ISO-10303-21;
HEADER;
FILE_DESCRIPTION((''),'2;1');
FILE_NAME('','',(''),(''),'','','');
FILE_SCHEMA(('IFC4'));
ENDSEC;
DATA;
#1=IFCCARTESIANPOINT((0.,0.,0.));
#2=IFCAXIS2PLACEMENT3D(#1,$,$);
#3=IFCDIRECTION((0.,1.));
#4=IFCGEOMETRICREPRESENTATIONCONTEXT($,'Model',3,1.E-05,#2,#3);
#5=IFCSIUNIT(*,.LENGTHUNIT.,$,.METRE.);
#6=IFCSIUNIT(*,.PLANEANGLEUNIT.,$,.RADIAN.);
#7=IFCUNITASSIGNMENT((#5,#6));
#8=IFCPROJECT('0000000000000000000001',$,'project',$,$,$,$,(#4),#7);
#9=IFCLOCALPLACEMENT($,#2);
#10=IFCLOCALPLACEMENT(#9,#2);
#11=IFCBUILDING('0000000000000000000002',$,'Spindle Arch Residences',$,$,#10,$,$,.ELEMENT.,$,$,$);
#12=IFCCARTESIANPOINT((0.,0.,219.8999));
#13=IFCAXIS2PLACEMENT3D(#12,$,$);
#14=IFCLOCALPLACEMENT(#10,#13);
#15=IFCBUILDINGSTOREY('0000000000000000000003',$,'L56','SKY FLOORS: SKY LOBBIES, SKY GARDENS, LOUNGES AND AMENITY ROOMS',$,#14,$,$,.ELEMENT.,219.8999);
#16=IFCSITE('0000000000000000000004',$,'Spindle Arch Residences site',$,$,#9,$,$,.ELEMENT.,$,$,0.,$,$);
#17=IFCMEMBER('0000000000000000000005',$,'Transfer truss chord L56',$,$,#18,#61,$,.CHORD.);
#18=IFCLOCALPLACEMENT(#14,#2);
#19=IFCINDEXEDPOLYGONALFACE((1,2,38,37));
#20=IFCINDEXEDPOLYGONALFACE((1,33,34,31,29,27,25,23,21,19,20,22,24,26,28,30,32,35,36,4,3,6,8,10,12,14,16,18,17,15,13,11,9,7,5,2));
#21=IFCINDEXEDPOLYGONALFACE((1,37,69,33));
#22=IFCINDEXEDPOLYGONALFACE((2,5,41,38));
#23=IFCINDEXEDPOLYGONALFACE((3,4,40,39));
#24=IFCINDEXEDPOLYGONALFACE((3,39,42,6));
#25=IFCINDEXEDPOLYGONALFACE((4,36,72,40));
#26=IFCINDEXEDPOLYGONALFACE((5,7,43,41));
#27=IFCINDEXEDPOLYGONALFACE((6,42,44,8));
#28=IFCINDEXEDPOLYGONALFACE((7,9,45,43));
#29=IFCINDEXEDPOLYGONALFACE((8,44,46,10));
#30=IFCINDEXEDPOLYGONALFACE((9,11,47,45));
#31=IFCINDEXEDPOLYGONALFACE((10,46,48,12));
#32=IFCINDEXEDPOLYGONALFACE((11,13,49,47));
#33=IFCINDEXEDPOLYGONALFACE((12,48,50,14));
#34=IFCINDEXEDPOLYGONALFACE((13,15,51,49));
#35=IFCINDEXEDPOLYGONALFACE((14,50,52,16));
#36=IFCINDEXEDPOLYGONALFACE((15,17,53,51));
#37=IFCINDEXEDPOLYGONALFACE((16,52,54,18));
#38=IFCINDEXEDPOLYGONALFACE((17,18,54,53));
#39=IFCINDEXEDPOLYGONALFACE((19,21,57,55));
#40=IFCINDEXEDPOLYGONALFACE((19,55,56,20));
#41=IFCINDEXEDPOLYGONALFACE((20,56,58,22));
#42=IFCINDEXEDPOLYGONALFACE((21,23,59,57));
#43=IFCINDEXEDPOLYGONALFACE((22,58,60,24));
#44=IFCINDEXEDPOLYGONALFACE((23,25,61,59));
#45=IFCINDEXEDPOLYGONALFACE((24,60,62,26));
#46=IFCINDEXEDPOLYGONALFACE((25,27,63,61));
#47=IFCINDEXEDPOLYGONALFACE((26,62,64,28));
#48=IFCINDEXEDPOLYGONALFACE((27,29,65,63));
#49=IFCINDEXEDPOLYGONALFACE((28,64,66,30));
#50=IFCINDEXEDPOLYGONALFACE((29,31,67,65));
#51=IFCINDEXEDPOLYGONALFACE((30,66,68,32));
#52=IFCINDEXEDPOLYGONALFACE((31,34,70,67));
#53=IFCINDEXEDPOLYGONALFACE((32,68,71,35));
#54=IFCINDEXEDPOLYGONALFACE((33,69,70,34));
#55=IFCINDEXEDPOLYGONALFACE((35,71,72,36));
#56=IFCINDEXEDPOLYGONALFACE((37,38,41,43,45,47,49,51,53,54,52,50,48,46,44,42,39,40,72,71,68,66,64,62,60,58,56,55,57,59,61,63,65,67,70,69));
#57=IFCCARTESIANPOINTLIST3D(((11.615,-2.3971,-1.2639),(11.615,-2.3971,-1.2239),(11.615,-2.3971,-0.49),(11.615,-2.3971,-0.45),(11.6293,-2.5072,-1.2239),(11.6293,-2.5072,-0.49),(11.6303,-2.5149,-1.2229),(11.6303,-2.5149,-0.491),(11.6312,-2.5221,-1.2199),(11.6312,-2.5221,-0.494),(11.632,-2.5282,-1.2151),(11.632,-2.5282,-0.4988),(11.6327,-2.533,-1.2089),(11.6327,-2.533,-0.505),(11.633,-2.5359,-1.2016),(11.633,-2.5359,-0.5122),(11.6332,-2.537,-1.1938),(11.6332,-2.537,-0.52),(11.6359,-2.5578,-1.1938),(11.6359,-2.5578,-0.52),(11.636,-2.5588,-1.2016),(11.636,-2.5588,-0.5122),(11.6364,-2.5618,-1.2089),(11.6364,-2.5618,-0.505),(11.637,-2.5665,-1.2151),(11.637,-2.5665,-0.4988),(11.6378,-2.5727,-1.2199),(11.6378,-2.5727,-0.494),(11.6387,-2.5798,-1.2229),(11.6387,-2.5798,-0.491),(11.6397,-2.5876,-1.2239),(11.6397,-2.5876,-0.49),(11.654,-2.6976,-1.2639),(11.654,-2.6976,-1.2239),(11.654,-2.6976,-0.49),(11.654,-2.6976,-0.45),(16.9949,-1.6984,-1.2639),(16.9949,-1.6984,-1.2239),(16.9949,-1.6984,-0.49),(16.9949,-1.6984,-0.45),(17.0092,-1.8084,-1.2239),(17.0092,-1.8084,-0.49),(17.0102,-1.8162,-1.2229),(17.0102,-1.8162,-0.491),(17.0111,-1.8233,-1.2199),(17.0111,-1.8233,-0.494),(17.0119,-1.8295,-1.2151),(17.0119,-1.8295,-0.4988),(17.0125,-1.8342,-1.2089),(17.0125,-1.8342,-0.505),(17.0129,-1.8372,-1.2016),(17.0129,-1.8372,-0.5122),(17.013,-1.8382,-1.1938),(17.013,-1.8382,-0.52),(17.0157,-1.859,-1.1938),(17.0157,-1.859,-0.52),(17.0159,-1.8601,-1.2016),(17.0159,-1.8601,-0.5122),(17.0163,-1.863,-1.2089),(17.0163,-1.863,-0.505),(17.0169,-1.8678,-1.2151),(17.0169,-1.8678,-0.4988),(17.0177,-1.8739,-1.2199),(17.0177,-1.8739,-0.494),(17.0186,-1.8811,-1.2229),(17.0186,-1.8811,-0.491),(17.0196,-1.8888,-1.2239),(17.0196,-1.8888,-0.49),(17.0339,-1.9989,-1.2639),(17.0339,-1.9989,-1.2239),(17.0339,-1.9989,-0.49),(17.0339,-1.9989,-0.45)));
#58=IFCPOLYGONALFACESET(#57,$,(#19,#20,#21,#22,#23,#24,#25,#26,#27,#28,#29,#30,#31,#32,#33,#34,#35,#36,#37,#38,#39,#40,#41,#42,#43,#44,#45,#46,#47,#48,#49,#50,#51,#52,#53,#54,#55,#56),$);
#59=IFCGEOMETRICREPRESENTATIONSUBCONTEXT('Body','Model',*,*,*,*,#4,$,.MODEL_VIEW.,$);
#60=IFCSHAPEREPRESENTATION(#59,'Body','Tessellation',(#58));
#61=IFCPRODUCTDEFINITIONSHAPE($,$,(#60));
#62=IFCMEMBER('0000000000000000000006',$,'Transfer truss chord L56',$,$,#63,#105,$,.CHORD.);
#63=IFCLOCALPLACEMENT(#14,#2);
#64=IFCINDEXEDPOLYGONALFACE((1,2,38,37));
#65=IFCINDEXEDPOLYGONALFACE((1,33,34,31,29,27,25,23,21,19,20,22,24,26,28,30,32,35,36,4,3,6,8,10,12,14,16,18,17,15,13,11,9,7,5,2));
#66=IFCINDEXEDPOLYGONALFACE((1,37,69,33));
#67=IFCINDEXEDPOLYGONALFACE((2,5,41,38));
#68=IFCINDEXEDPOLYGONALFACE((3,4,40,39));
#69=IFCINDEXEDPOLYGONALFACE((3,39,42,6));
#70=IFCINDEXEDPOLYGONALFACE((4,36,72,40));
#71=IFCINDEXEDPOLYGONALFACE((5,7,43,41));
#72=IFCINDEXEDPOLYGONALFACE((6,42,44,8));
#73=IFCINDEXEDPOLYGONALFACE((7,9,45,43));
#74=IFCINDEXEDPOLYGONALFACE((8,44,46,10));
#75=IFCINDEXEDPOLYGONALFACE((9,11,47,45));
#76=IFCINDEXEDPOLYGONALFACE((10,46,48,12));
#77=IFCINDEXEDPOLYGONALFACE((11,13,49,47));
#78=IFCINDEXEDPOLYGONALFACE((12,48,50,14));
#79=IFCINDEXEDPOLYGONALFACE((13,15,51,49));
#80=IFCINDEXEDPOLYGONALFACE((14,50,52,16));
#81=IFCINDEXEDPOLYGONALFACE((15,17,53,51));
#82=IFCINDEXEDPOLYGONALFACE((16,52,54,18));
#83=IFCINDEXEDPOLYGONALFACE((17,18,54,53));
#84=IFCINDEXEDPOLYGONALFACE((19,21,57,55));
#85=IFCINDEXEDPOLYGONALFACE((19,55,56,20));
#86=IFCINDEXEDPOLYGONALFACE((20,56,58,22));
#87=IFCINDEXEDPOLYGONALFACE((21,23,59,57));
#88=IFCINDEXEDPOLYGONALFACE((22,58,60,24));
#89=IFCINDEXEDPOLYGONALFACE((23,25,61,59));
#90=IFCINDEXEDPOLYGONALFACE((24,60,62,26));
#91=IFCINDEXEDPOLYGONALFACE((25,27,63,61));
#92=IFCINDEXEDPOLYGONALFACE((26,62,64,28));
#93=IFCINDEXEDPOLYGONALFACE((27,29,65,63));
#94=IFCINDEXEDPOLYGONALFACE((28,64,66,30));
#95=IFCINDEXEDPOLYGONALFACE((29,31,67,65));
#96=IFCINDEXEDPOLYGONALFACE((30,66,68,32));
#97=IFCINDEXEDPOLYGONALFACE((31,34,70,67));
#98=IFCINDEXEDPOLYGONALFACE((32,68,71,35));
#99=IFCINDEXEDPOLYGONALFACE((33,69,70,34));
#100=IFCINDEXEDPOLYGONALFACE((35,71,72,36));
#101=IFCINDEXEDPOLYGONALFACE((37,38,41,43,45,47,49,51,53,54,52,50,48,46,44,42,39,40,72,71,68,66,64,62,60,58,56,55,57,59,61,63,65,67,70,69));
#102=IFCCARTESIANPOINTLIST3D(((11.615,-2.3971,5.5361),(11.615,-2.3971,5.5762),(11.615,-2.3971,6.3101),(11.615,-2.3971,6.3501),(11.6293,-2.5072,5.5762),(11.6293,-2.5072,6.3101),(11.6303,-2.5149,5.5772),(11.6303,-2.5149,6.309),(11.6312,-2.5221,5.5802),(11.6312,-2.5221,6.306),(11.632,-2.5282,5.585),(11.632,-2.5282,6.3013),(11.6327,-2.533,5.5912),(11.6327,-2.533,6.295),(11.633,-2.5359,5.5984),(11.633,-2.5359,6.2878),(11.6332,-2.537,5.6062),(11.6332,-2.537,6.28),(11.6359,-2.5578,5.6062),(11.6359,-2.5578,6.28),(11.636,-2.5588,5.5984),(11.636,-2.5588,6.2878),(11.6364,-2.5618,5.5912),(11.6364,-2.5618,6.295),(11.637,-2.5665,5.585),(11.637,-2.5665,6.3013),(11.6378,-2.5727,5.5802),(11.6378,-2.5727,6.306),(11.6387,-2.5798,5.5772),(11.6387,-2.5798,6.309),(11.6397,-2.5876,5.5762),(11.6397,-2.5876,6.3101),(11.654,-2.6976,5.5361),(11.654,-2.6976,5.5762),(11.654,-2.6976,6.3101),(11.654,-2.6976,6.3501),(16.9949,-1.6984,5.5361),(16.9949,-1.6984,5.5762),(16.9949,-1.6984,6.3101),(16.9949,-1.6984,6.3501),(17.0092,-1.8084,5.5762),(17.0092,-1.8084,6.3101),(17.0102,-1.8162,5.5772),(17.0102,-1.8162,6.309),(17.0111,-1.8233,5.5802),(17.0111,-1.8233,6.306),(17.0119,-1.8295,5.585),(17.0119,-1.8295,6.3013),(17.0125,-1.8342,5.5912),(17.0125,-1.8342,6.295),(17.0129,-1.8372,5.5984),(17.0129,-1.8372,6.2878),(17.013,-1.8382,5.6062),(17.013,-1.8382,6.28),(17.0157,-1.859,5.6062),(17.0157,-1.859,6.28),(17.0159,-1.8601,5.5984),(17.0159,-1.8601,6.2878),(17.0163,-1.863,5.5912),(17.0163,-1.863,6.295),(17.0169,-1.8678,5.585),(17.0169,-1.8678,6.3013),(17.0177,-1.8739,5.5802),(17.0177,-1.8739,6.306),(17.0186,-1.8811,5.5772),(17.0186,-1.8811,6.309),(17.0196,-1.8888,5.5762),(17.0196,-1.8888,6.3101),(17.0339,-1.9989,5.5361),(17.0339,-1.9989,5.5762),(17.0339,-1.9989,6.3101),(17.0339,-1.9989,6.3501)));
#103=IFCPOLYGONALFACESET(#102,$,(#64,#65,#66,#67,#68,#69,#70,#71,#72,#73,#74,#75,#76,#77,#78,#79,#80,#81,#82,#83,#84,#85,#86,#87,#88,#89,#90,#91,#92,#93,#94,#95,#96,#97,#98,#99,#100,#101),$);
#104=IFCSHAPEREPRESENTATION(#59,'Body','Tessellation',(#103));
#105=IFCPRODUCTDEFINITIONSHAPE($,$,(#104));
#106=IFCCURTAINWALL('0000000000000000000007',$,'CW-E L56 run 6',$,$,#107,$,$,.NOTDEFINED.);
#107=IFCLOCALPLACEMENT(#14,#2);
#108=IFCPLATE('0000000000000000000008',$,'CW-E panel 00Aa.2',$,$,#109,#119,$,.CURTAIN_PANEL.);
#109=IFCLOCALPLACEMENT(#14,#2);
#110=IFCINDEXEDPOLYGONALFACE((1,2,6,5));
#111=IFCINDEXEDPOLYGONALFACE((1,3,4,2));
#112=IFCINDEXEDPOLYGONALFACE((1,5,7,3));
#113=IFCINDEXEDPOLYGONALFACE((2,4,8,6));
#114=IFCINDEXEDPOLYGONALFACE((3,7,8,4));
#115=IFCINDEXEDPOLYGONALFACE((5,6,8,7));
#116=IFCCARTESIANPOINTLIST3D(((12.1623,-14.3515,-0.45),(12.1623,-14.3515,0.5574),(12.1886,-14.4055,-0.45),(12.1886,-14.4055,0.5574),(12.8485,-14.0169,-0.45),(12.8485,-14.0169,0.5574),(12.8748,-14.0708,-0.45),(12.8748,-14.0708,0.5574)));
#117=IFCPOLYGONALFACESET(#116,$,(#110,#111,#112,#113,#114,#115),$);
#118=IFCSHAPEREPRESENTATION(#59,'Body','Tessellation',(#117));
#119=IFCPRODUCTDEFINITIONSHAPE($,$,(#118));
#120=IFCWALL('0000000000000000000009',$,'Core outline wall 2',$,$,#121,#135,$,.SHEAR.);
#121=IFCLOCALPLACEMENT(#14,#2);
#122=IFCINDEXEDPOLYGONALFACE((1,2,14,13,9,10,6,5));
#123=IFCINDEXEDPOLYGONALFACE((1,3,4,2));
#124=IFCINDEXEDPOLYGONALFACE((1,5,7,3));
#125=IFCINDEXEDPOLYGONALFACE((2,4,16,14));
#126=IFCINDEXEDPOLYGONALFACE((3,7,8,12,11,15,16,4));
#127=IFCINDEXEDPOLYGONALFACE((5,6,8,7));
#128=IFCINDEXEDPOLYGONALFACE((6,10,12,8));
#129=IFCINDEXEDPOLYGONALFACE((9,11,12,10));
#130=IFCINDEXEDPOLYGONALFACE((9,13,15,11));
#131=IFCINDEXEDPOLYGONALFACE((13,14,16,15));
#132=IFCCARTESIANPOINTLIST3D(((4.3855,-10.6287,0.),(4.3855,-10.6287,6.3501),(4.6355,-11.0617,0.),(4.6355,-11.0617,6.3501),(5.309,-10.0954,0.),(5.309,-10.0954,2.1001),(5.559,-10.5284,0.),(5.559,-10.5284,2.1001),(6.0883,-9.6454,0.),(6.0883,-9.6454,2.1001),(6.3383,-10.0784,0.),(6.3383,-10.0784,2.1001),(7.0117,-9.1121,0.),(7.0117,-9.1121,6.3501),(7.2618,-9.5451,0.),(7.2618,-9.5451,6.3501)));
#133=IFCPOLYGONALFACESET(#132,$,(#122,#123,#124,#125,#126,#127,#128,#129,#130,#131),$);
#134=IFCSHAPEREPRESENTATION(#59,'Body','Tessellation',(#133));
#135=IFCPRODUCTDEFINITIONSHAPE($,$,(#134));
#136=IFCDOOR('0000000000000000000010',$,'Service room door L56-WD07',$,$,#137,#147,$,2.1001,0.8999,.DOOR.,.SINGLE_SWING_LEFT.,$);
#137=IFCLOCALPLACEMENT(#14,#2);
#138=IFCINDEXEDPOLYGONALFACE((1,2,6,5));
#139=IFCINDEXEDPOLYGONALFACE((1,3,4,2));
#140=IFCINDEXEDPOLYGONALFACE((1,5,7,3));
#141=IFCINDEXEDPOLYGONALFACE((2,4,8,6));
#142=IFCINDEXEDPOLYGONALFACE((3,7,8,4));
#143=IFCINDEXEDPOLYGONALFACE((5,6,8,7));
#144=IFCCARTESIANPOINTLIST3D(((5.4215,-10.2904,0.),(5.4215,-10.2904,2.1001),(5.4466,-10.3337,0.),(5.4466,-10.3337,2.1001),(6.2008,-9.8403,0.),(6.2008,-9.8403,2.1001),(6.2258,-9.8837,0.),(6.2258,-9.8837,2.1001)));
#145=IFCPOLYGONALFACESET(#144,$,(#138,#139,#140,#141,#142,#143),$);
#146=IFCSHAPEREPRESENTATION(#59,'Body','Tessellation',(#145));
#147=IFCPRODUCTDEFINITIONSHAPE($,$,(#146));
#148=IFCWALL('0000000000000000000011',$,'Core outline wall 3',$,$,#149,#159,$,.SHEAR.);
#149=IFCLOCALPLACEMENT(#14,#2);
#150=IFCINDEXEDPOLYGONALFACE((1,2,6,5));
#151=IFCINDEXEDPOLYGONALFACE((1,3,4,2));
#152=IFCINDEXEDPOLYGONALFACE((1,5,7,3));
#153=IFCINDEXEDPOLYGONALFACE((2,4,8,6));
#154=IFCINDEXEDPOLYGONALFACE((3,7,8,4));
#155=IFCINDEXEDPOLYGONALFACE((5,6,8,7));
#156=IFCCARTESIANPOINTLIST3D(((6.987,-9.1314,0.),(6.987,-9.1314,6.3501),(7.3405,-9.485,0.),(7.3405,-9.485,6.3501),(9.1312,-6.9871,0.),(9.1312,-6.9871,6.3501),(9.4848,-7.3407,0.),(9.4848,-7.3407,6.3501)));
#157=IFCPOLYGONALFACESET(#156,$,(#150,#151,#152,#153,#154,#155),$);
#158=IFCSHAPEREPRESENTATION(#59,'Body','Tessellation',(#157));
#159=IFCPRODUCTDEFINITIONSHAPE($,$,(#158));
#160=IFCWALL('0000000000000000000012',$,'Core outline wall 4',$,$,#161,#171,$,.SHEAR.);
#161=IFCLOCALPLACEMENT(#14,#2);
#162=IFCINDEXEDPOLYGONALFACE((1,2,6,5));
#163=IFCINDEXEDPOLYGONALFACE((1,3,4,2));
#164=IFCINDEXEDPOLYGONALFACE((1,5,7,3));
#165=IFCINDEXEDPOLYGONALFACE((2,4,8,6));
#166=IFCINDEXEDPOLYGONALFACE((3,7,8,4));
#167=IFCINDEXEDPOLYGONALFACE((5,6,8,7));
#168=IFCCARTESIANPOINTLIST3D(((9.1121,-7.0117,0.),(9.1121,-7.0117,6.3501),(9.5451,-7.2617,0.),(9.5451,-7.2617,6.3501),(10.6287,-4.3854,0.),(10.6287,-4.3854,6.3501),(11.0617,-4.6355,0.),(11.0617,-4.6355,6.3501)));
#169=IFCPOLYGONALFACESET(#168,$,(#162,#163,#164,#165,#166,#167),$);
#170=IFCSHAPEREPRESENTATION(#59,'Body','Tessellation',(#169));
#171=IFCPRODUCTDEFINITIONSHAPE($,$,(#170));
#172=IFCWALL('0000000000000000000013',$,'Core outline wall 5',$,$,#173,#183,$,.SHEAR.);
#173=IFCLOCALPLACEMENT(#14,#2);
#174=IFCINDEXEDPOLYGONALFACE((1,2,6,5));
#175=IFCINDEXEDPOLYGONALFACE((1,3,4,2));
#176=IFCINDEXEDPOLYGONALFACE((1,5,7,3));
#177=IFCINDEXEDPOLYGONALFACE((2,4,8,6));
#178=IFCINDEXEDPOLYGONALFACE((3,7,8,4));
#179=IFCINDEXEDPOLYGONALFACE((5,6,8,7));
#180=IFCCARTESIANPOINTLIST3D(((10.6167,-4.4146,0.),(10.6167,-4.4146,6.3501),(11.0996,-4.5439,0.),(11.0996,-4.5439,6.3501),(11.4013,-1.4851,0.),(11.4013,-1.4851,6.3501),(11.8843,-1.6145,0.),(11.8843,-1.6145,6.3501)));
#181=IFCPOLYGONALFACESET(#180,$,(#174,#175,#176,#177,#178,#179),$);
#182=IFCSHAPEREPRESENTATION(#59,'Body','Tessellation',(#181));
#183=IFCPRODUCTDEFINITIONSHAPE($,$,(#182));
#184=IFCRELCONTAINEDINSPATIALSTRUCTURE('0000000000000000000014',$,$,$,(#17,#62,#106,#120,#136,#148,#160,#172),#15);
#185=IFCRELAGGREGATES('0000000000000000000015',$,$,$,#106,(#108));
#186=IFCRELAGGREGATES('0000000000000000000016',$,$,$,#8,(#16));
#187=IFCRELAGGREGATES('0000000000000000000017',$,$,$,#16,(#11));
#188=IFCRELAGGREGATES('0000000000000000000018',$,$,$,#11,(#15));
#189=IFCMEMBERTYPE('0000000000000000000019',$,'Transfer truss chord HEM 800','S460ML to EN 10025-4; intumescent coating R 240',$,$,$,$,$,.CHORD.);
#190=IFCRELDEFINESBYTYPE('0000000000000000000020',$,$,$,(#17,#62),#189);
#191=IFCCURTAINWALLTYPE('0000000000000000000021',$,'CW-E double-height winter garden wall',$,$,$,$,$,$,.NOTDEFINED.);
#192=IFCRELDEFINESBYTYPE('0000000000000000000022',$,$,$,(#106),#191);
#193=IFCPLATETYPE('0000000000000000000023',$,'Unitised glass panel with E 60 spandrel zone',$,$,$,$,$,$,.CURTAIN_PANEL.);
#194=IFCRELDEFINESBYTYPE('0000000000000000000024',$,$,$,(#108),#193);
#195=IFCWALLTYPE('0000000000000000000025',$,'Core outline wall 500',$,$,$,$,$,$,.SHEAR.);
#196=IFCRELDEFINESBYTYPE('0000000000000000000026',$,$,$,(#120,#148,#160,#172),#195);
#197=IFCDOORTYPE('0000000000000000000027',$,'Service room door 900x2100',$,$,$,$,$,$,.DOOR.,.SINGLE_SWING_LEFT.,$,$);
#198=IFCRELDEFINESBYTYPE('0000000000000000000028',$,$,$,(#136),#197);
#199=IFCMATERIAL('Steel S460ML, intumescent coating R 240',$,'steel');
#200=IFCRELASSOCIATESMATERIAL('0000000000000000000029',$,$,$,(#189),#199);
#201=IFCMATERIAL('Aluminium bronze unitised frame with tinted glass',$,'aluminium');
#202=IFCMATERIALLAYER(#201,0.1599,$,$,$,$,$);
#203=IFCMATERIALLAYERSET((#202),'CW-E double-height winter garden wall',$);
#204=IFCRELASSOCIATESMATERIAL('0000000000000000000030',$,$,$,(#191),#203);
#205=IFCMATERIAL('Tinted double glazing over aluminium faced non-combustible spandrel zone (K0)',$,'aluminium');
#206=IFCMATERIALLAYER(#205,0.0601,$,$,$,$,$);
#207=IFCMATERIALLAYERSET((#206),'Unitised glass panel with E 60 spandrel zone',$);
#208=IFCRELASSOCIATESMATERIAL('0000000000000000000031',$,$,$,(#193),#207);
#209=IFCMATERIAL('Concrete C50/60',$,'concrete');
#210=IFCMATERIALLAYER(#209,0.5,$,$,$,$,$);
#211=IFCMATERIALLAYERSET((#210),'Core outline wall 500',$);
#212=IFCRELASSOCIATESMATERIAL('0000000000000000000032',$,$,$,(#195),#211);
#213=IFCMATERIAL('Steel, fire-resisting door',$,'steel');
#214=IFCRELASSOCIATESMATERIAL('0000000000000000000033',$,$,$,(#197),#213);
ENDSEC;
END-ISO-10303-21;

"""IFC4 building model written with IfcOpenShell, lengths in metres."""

from ifc_helpers import new_model, si_unit, direction, frame, frame_2d, origin, origin_2d, place, context, subcontext, project, spatial, rectangle, i_section, extrude, material, layer, layer_set, material_profile, profile_set, type_object, element, fill, aggregate, save


model = new_model("IFC4")

# Units and contexts
model_context = context("Model", 3, precision=1e-05, world=origin(), true_north=direction((0.0, 1.0)))
body_context = subcontext(model_context, "Body", "Model", "MODEL_VIEW")
ifc_project = project(units=[si_unit("LENGTHUNIT", "METRE"), si_unit("PLANEANGLEUNIT", "RADIAN")], contexts=[model_context])

# Site, building, storey
site_placement = place(None, origin())
site = spatial("IfcSite", under=ifc_project, at=site_placement, Name="Spindle Arch Residences site", CompositionType="ELEMENT", RefElevation=0.0)
building_placement = place(site_placement, origin())
building = spatial("IfcBuilding", under=site, at=building_placement, Name="Spindle Arch Residences", CompositionType="ELEMENT")
storey_placement = place(building_placement, frame((0.0, 0.0, 219.8999)))
storey = spatial("IfcBuildingStorey", under=building, at=storey_placement, Name="L56", Description="SKY FLOORS: SKY LOBBIES, SKY GARDENS, LOUNGES AND AMENITY ROOMS", CompositionType="ELEMENT", Elevation=219.8999)

# Members
ifc_material_1 = material(Name="Steel S460ML, intumescent coating R 240", Category="steel")
ifc_material_profile = material_profile(ifc_material_1, i_section(OverallWidth=0.303, OverallDepth=0.814, WebThickness=0.021, FlangeThickness=0.04, FilletRadius=0.03, at=origin_2d()), Name="HEM 800")
ifc_profile_set = profile_set([ifc_material_profile], Name="Steel S460ML, intumescent coating R 240")
member_type = type_object("IfcMemberType", Name="Transfer truss chord HEM 800", Description="S460ML to EN 10025-4; intumescent coating R 240", PredefinedType="CHORD", material=ifc_profile_set)
for number, where, z_axis, x_axis, name in (
    (1, (11.6345, -2.5474, -0.8569), (0.991671, 0.128797, 0.0), (-0.128797, 0.991671, 0.0), "Transfer truss chord L56"),
    (2, (11.6345, -2.5474, 5.9431), (0.991671, 0.128797, 0.0), (-0.128797, 0.991671, 0.0), "Transfer truss chord L56"),
):
    element("IfcMember", number, at=place(storey_placement, frame(where, z_axis=z_axis, x_axis=x_axis)), inside=storey, type_object=member_type, Name=name, PredefinedType="CHORD", context=body_context, shape_type="SweptSolid", body=[
        extrude(i_section(OverallWidth=0.303, OverallDepth=0.814, WebThickness=0.021, FlangeThickness=0.04, FilletRadius=0.03, at=origin_2d()), origin(), (0.0, 0.0, 1.0), 5.425),
    ])

# Curtain wall, plate
ifc_material_2 = material(Name="Aluminium bronze unitised frame with tinted glass", Category="aluminium")
ifc_layer_1 = layer(ifc_material_2, 0.1599)
ifc_layer_set_1 = layer_set([ifc_layer_1], Name="CW-E double-height winter garden wall")
curtain_wall_type = type_object("IfcCurtainWallType", Name="CW-E double-height winter garden wall", PredefinedType="NOTDEFINED", material=ifc_layer_set_1)
curtain_wall_placement = place(storey_placement, origin())
curtain_wall = element("IfcCurtainWall", 3, at=curtain_wall_placement, inside=storey, type_object=curtain_wall_type, Name="CW-E L56 run 6", PredefinedType="NOTDEFINED")
ifc_material_3 = material(Name="Tinted double glazing over aluminium faced non-combustible spandrel zone (K0)", Category="aluminium")
ifc_layer_2 = layer(ifc_material_3, 0.0601)
ifc_layer_set_2 = layer_set([ifc_layer_2], Name="Unitised glass panel with E 60 spandrel zone")
plate_type = type_object("IfcPlateType", Name="Unitised glass panel with E 60 spandrel zone", PredefinedType="CURTAIN_PANEL", material=ifc_layer_set_2)
plate_placement = place(storey_placement, frame((12.5186, -14.2112, -0.45), z_axis=(0.0, 0.0, 1.0), x_axis=(0.898794, 0.438371, 0.0)))
plate = element("IfcPlate", 4, at=plate_placement, type_object=plate_type, Name="CW-E panel 00Aa.2", PredefinedType="CURTAIN_PANEL", context=body_context, shape_type="SweptSolid", body=[
    extrude(rectangle(XDim=0.7634, YDim=0.0601, at=origin_2d()), origin(), (0.0, 0.0, 1.0), 1.0073),
])
aggregate(curtain_wall, [plate])

# Wall, opening, door
ifc_material_4 = material(Name="Concrete C50/60", Category="concrete")
ifc_layer_3 = layer(ifc_material_4, 0.5)
ifc_layer_set_3 = layer_set([ifc_layer_3], Name="Core outline wall 500")
wall_type_1 = type_object("IfcWallType", Name="Core outline wall 500", PredefinedType="SHEAR", material=ifc_layer_set_3)
wall_1_placement = place(storey_placement, frame((4.5105, -10.8452, 0.0), z_axis=(0.0, 0.0, 1.0), x_axis=(0.865975, 0.500087, 0.0)))
wall_1 = element("IfcWall", 5, at=wall_1_placement, inside=storey, type_object=wall_type_1, Name="Core outline wall 2", PredefinedType="SHEAR", context=body_context, shape_type="SweptSolid", body=[
    extrude(rectangle(XDim=3.0327, YDim=0.5, at=frame_2d((1.5164, 0.0))), origin(), (0.0, 0.0, 1.0), 6.3501),
])
opening_1_placement = place(wall_1_placement, frame((1.0664, 0.0, 0.0)))
opening_1 = element("IfcOpeningElement", 6, at=opening_1_placement, cuts=wall_1, PredefinedType="OPENING", context=body_context, shape_type="SweptSolid", body=[
    extrude(rectangle(XDim=0.8999, YDim=2.1001, at=frame_2d((0.45, 1.05))), frame((0.0, 0.26, 0.0), z_axis=(0.0, -1.0, 0.0), x_axis=(1.0, 0.0, 0.0)), (0.0, 0.0, 1.0), 0.52),
])
ifc_material_5 = material(Name="Steel, fire-resisting door", Category="steel")
door_type_1 = type_object("IfcDoorType", Name="Service room door 900x2100", OperationType="SINGLE_SWING_LEFT", PredefinedType="DOOR", material=ifc_material_5)
door_1_placement = place(opening_1_placement, origin())
door_1 = element("IfcDoor", 7, at=door_1_placement, inside=storey, type_object=door_type_1, Name="Service room door L56-WD07", OperationType="SINGLE_SWING_LEFT", OverallHeight=2.1001, OverallWidth=0.8999, PredefinedType="DOOR", context=body_context, shape_type="SweptSolid", body=[
    extrude(rectangle(XDim=0.8999, YDim=2.1001, at=frame_2d((0.45, 1.05))), frame((0.0, 0.0249, 0.0), z_axis=(0.0, -1.0, 0.0), x_axis=(1.0, 0.0, 0.0)), (0.0, 0.0, 1.0), 0.05),
])
fill(opening_1, door_1)

# Walls
wall_2_placement = place(storey_placement, frame((7.1638, -9.3081, 0.0), z_axis=(0.0, 0.0, 1.0), x_axis=(0.707107, 0.707107, 0.0)))
element("IfcWall", 8, at=wall_2_placement, inside=storey, type_object=wall_type_1, Name="Core outline wall 3", PredefinedType="SHEAR", context=body_context, shape_type="SweptSolid", body=[
    extrude(rectangle(XDim=3.0325, YDim=0.5, at=frame_2d((1.5161, 0.0))), origin(), (0.0, 0.0, 1.0), 6.3501),
])
for number, where, z_axis, x_axis, name in (
    (9, (9.3286, -7.1367, 0.0), (0.0, 0.0, 1.0), (0.500087, 0.865975, 0.0), "Core outline wall 4"),
    (10, (10.8582, -4.4792, 0.0), (0.0, 0.0, 1.0), (0.258735, 0.965948, 0.0), "Core outline wall 5"),
):
    element("IfcWall", number, at=place(storey_placement, frame(where, z_axis=z_axis, x_axis=x_axis)), inside=storey, type_object=wall_type_1, Name=name, PredefinedType="SHEAR", context=body_context, shape_type="SweptSolid", body=[
        extrude(rectangle(XDim=3.0327, YDim=0.5, at=frame_2d((1.5164, 0.0))), origin(), (0.0, 0.0, 1.0), 6.3501),
    ])

save(model, "model.ifc")
